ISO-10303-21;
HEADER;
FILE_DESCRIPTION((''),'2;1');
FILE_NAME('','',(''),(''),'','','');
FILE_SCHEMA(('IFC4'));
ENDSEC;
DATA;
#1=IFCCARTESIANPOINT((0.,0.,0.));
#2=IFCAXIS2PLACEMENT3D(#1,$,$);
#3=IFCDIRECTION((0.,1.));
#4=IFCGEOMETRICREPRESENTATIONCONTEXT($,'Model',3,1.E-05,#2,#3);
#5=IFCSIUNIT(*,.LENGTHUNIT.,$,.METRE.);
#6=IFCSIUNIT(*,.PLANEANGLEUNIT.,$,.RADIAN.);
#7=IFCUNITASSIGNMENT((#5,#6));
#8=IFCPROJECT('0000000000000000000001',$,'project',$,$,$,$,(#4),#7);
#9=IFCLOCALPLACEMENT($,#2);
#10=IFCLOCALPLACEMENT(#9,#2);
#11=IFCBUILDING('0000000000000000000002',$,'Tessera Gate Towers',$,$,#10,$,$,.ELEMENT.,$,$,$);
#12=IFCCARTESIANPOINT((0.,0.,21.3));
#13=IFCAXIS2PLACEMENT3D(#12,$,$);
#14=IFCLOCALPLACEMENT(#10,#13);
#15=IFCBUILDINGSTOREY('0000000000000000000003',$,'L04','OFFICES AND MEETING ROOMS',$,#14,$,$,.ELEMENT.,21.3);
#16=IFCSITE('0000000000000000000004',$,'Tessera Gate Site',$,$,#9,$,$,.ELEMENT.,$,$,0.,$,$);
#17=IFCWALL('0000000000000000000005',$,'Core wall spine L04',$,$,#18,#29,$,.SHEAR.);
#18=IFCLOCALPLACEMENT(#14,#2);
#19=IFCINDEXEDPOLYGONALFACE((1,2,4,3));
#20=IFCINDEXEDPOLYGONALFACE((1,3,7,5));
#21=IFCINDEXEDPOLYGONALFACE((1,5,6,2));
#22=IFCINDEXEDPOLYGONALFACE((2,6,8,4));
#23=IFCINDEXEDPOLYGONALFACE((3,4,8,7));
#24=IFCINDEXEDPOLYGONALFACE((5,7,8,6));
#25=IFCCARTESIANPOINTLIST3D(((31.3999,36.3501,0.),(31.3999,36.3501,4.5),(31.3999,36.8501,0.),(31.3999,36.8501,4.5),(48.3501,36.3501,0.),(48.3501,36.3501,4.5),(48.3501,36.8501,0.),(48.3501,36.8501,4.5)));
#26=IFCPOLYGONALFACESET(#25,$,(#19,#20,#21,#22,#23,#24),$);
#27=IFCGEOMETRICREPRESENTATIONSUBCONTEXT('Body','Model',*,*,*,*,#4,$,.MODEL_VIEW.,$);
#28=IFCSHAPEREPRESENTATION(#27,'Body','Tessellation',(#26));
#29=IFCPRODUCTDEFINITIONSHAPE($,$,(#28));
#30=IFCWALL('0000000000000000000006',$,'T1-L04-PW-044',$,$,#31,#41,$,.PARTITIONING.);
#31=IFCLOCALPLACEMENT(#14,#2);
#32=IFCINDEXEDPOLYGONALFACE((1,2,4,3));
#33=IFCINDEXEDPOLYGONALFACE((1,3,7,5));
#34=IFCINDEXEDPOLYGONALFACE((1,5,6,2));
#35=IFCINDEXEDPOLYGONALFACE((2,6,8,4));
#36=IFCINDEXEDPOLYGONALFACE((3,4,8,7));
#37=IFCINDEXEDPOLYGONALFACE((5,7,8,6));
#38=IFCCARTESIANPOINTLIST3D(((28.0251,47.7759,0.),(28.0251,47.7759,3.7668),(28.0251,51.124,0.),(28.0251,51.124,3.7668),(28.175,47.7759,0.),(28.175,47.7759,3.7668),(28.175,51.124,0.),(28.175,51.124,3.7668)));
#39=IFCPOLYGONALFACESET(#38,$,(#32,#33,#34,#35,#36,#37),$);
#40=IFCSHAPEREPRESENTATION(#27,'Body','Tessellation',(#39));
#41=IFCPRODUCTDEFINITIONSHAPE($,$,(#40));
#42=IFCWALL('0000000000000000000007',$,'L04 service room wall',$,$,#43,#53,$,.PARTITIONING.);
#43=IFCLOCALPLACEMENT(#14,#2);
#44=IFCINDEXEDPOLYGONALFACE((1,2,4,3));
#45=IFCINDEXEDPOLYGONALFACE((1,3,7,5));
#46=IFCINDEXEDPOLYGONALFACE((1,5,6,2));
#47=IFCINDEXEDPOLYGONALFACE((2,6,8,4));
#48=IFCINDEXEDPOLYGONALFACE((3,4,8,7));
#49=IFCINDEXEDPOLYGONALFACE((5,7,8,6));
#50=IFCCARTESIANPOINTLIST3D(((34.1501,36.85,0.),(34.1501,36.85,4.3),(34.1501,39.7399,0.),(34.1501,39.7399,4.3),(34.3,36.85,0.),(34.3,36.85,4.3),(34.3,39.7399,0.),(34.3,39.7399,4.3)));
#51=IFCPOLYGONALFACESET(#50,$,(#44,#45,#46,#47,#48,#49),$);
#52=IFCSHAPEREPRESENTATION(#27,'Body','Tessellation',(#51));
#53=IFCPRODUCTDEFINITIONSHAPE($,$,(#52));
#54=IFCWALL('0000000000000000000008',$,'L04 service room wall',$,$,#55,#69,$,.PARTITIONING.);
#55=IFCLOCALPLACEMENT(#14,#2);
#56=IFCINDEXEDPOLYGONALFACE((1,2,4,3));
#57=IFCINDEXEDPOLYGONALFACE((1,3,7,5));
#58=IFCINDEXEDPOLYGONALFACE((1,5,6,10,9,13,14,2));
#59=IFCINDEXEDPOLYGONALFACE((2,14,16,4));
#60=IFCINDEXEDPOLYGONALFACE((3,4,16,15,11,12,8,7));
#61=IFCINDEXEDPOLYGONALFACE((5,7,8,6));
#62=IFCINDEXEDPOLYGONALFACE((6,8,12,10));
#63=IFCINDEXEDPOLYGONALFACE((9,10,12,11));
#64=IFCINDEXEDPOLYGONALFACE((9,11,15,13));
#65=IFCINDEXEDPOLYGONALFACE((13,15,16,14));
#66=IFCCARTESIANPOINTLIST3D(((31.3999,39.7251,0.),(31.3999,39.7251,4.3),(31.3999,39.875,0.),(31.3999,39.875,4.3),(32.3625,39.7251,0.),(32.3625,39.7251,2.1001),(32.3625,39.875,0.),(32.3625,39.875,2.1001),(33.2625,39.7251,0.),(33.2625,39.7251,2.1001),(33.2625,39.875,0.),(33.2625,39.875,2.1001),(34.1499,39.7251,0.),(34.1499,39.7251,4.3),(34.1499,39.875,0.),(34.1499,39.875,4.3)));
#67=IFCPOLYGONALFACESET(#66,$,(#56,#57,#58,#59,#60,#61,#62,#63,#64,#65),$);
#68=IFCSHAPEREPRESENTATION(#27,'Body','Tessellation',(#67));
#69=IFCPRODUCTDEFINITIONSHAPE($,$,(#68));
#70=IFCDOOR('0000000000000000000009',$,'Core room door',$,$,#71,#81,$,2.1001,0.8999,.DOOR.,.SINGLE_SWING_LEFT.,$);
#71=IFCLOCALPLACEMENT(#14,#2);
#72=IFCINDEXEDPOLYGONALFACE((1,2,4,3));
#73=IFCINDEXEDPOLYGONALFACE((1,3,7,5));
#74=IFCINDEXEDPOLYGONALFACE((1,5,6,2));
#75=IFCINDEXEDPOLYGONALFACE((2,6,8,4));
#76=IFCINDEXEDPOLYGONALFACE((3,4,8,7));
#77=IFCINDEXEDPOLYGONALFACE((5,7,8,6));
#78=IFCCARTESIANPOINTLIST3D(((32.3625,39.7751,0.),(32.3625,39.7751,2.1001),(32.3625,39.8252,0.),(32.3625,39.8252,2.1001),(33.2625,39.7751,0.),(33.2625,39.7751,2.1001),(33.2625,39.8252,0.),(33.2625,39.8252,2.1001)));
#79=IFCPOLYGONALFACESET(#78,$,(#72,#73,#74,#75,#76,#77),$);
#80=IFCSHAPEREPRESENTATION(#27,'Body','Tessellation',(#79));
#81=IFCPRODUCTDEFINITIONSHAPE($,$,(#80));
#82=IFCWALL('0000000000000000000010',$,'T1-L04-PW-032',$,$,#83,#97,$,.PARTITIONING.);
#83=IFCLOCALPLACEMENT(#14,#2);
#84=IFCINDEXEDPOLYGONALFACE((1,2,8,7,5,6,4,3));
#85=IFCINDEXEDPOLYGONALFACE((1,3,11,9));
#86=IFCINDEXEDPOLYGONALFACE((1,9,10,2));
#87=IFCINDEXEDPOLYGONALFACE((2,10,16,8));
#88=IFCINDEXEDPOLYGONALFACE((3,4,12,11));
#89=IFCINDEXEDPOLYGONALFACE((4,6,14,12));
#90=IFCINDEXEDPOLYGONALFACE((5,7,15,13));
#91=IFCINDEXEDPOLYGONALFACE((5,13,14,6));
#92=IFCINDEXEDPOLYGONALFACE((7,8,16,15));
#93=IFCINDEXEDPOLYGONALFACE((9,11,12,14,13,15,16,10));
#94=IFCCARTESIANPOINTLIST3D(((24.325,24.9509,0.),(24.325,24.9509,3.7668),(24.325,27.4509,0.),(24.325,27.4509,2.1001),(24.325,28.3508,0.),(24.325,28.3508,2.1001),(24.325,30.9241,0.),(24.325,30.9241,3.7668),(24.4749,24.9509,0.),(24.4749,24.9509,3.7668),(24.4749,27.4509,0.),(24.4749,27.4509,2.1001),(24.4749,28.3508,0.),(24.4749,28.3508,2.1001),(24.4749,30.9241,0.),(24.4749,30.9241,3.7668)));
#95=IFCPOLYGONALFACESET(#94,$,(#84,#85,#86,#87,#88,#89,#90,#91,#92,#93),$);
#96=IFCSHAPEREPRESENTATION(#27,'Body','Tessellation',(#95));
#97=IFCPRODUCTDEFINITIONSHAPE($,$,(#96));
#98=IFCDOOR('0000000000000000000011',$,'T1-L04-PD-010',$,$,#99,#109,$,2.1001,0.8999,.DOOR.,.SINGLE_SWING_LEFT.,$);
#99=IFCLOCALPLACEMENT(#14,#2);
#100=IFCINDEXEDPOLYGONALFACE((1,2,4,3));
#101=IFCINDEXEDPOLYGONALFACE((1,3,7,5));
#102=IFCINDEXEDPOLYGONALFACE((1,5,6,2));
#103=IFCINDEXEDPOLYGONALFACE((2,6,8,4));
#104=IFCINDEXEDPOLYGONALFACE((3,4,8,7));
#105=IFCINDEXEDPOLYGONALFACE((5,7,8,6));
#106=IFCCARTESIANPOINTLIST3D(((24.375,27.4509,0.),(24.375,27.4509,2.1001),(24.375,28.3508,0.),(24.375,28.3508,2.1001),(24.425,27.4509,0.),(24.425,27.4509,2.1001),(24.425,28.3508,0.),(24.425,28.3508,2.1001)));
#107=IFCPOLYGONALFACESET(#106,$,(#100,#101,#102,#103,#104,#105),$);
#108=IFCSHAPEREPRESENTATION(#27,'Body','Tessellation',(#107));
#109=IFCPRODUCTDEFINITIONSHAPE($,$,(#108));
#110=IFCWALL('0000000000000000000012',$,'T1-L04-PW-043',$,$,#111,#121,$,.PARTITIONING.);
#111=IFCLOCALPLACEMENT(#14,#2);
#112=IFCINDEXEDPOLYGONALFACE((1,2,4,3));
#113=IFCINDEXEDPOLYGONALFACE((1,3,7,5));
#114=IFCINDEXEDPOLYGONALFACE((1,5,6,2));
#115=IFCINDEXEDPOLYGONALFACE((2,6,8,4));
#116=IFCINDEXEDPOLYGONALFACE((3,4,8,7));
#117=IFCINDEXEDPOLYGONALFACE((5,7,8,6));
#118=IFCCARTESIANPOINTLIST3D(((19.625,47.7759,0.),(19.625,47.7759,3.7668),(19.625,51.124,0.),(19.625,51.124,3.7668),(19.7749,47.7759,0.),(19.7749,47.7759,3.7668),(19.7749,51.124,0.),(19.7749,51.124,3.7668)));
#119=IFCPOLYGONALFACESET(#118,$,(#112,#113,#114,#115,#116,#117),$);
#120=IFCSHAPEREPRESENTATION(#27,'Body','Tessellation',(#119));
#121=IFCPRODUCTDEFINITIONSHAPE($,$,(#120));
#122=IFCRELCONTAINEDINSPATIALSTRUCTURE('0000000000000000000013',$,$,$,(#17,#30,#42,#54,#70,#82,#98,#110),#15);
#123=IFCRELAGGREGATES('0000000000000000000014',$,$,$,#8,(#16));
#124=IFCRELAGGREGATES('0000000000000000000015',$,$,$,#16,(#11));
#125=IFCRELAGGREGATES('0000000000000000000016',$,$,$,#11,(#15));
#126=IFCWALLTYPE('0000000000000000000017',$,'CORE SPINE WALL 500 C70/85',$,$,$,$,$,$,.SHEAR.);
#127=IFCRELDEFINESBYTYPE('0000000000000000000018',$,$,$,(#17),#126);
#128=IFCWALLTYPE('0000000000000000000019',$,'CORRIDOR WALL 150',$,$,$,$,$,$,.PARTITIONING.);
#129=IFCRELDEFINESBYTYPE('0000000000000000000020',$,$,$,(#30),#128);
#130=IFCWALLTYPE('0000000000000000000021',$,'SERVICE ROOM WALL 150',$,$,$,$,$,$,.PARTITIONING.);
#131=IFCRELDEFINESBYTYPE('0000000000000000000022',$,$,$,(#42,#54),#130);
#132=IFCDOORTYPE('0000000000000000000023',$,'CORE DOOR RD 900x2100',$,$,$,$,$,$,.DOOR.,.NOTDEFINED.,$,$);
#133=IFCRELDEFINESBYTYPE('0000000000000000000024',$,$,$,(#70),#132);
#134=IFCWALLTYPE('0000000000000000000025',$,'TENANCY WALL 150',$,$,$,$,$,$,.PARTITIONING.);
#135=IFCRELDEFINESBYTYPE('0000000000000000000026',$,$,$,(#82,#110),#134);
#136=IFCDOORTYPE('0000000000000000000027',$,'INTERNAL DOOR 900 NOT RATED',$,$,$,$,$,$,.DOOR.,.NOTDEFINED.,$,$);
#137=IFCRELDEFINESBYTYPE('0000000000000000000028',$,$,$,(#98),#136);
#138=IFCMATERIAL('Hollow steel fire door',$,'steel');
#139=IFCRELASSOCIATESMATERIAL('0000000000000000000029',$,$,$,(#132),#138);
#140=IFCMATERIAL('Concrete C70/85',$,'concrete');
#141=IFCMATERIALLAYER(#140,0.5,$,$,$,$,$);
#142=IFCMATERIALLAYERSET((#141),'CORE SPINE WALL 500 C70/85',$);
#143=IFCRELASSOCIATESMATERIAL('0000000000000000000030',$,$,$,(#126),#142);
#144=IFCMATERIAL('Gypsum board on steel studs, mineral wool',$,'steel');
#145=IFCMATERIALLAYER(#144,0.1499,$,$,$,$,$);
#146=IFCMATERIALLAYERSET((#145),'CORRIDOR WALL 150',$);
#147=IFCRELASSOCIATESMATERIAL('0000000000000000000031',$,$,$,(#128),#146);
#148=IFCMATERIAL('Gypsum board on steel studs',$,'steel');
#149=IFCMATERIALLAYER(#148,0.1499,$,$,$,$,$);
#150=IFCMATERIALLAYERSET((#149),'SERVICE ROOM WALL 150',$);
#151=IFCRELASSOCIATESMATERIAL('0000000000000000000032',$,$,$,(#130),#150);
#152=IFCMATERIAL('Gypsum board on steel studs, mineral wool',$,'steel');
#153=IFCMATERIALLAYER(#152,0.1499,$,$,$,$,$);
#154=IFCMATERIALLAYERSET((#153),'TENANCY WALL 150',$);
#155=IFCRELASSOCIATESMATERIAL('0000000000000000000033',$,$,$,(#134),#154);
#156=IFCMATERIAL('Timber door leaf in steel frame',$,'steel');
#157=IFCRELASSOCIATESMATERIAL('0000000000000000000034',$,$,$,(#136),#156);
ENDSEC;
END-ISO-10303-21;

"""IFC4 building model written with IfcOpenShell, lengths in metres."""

from ifc_helpers import new_model, si_unit, direction, frame, frame_2d, origin, place, context, subcontext, project, spatial, rectangle, extrude, source, transform, mapped, material, layer, layer_set, type_object, element, fill, save


model = new_model("IFC4")

# Units and contexts
model_context = context("Model", 3, precision=1e-05, world=origin(), true_north=direction((0.0, 1.0)))
body_context = subcontext(model_context, "Body", "Model", "MODEL_VIEW")
ifc_project = project(units=[si_unit("LENGTHUNIT", "METRE"), si_unit("PLANEANGLEUNIT", "RADIAN")], contexts=[model_context])

# Site, building, storey
site_placement = place(None, origin())
site = spatial("IfcSite", under=ifc_project, at=site_placement, Name="Tessera Gate Site", CompositionType="ELEMENT", RefElevation=0.0)
building_placement = place(site_placement, origin())
building = spatial("IfcBuilding", under=site, at=building_placement, Name="Tessera Gate Towers", CompositionType="ELEMENT")
storey_placement = place(building_placement, frame((0.0, 0.0, 21.3)))
storey = spatial("IfcBuildingStorey", under=building, at=storey_placement, Name="L04", Description="OFFICES AND MEETING ROOMS", CompositionType="ELEMENT", Elevation=21.3)

# Shared definitions
ifc_material_1 = material(Name="Hollow steel fire door", Category="steel")
door_type_1 = type_object("IfcDoorType", Name="CORE DOOR RD 900x2100", OperationType="NOTDEFINED", PredefinedType="DOOR", material=ifc_material_1)
shared_shape_1 = source(origin(), body_context, "Body", "SweptSolid", [
    extrude(rectangle(XDim=0.8999, YDim=2.1001, at=frame_2d((0.45, 1.05))), frame((0.0, 0.0249, 0.0), z_axis=(0.0, -1.0, 0.0), x_axis=(1.0, 0.0, 0.0)), (0.0, 0.0, 1.0), 0.05),
])

# Walls
ifc_material_2 = material(Name="Concrete C70/85", Category="concrete")
ifc_layer_1 = layer(ifc_material_2, 0.5)
ifc_layer_set_1 = layer_set([ifc_layer_1], Name="CORE SPINE WALL 500 C70/85")
wall_type_1 = type_object("IfcWallType", Name="CORE SPINE WALL 500 C70/85", PredefinedType="SHEAR", material=ifc_layer_set_1)
wall_1_placement = place(storey_placement, frame((31.3999, 36.6001, 0.0), z_axis=(0.0, 0.0, 1.0), x_axis=(1.0, 0.0, 0.0)))
element("IfcWall", 1, at=wall_1_placement, inside=storey, type_object=wall_type_1, Name="Core wall spine L04", PredefinedType="SHEAR", context=body_context, shape_type="SweptSolid", body=[
    extrude(rectangle(XDim=16.9502, YDim=0.5, at=frame_2d((8.4751, 0.0))), origin(), (0.0, 0.0, 1.0), 4.5),
])
ifc_material_3 = material(Name="Gypsum board on steel studs, mineral wool", Category="steel")
ifc_layer_2 = layer(ifc_material_3, 0.1499)
ifc_layer_set_2 = layer_set([ifc_layer_2], Name="CORRIDOR WALL 150")
wall_type_2 = type_object("IfcWallType", Name="CORRIDOR WALL 150", PredefinedType="PARTITIONING", material=ifc_layer_set_2)
wall_2_placement = place(storey_placement, frame((28.1001, 47.7759, 0.0), z_axis=(0.0, 0.0, 1.0), x_axis=(0.0, 1.0, 0.0)))
element("IfcWall", 2, at=wall_2_placement, inside=storey, type_object=wall_type_2, Name="T1-L04-PW-044", PredefinedType="PARTITIONING", context=body_context, shape_type="SweptSolid", body=[
    extrude(rectangle(XDim=3.3481, YDim=0.1499, at=frame_2d((1.6741, 0.0))), origin(), (0.0, 0.0, 1.0), 3.7668),
])
ifc_material_4 = material(Name="Gypsum board on steel studs", Category="steel")
ifc_layer_3 = layer(ifc_material_4, 0.1499)
ifc_layer_set_3 = layer_set([ifc_layer_3], Name="SERVICE ROOM WALL 150")
wall_type_3 = type_object("IfcWallType", Name="SERVICE ROOM WALL 150", PredefinedType="PARTITIONING", material=ifc_layer_set_3)
wall_3_placement = place(storey_placement, frame((34.2251, 36.8501, 0.0), z_axis=(0.0, 0.0, 1.0), x_axis=(0.0, 1.0, 0.0)))
element("IfcWall", 3, at=wall_3_placement, inside=storey, type_object=wall_type_3, Name="L04 service room wall", PredefinedType="PARTITIONING", context=body_context, shape_type="SweptSolid", body=[
    extrude(rectangle(XDim=2.8899, YDim=0.1499, at=frame_2d((1.4448, 0.0))), origin(), (0.0, 0.0, 1.0), 4.3),
])

# Walls, openings, doors
wall_4_placement = place(storey_placement, frame((34.1499, 39.8, 0.0), z_axis=(0.0, 0.0, 1.0), x_axis=(-1.0, 0.0, 0.0)))
wall_4 = element("IfcWall", 4, at=wall_4_placement, inside=storey, type_object=wall_type_3, Name="L04 service room wall", PredefinedType="PARTITIONING", context=body_context, shape_type="SweptSolid", body=[
    extrude(rectangle(XDim=2.75, YDim=0.1499, at=frame_2d((1.375, 0.0))), origin(), (0.0, 0.0, 1.0), 4.3),
])
shared_shape_2 = source(origin(), body_context, "Body", "SweptSolid", [
    extrude(rectangle(XDim=0.8999, YDim=2.1001, at=frame_2d((0.45, 1.05))), frame((0.0, 0.085, 0.0), z_axis=(0.0, -1.0, 0.0), x_axis=(1.0, 0.0, 0.0)), (0.0, 0.0, 1.0), 0.1699),
])
opening_1_placement = place(wall_4_placement, frame((0.8875, 0.0, 0.0)))
opening_1 = element("IfcOpeningElement", 5, at=opening_1_placement, cuts=wall_4, PredefinedType="OPENING", context=body_context, shape_type="MappedRepresentation", body=[
    mapped(shared_shape_2, transform((0.0, 0.0, 0.0), scale=1.0)),
])
door_1_placement = place(opening_1_placement, origin())
door_1 = element("IfcDoor", 6, at=door_1_placement, inside=storey, type_object=door_type_1, Name="Core room door", OperationType="SINGLE_SWING_LEFT", OverallHeight=2.1001, OverallWidth=0.8999, PredefinedType="DOOR", context=body_context, shape_type="MappedRepresentation", body=[
    mapped(shared_shape_1, transform((0.0, 0.0, 0.0), scale=1.0)),
])
fill(opening_1, door_1)
ifc_material_5 = material(Name="Gypsum board on steel studs, mineral wool", Category="steel")
ifc_layer_4 = layer(ifc_material_5, 0.1499)
ifc_layer_set_4 = layer_set([ifc_layer_4], Name="TENANCY WALL 150")
wall_type_4 = type_object("IfcWallType", Name="TENANCY WALL 150", PredefinedType="PARTITIONING", material=ifc_layer_set_4)
wall_5_placement = place(storey_placement, frame((24.3999, 24.9509, 0.0), z_axis=(0.0, 0.0, 1.0), x_axis=(0.0, 1.0, 0.0)))
wall_5 = element("IfcWall", 7, at=wall_5_placement, inside=storey, type_object=wall_type_4, Name="T1-L04-PW-032", PredefinedType="PARTITIONING", context=body_context, shape_type="SweptSolid", body=[
    extrude(rectangle(XDim=5.9731, YDim=0.1499, at=frame_2d((2.9866, 0.0))), origin(), (0.0, 0.0, 1.0), 3.7668),
])
opening_2_placement = place(wall_5_placement, frame((2.5, 0.0, 0.0)))
opening_2 = element("IfcOpeningElement", 8, at=opening_2_placement, cuts=wall_5, PredefinedType="OPENING", context=body_context, shape_type="MappedRepresentation", body=[
    mapped(shared_shape_2, transform((0.0, 0.0, 0.0), scale=1.0)),
])
ifc_material_6 = material(Name="Timber door leaf in steel frame", Category="steel")
door_type_2 = type_object("IfcDoorType", Name="INTERNAL DOOR 900 NOT RATED", OperationType="NOTDEFINED", PredefinedType="DOOR", material=ifc_material_6)
door_2_placement = place(opening_2_placement, origin())
door_2 = element("IfcDoor", 9, at=door_2_placement, inside=storey, type_object=door_type_2, Name="T1-L04-PD-010", OperationType="SINGLE_SWING_LEFT", OverallHeight=2.1001, OverallWidth=0.8999, PredefinedType="DOOR", context=body_context, shape_type="MappedRepresentation", body=[
    mapped(shared_shape_1, transform((0.0, 0.0, 0.0), scale=1.0)),
])
fill(opening_2, door_2)

# Wall
wall_6_placement = place(storey_placement, frame((19.7, 47.7759, 0.0), z_axis=(0.0, 0.0, 1.0), x_axis=(0.0, 1.0, 0.0)))
element("IfcWall", 10, at=wall_6_placement, inside=storey, type_object=wall_type_4, Name="T1-L04-PW-043", PredefinedType="PARTITIONING", context=body_context, shape_type="SweptSolid", body=[
    extrude(rectangle(XDim=3.3481, YDim=0.1499, at=frame_2d((1.6741, 0.0))), origin(), (0.0, 0.0, 1.0), 3.7668),
])

save(model, "model.ifc")
